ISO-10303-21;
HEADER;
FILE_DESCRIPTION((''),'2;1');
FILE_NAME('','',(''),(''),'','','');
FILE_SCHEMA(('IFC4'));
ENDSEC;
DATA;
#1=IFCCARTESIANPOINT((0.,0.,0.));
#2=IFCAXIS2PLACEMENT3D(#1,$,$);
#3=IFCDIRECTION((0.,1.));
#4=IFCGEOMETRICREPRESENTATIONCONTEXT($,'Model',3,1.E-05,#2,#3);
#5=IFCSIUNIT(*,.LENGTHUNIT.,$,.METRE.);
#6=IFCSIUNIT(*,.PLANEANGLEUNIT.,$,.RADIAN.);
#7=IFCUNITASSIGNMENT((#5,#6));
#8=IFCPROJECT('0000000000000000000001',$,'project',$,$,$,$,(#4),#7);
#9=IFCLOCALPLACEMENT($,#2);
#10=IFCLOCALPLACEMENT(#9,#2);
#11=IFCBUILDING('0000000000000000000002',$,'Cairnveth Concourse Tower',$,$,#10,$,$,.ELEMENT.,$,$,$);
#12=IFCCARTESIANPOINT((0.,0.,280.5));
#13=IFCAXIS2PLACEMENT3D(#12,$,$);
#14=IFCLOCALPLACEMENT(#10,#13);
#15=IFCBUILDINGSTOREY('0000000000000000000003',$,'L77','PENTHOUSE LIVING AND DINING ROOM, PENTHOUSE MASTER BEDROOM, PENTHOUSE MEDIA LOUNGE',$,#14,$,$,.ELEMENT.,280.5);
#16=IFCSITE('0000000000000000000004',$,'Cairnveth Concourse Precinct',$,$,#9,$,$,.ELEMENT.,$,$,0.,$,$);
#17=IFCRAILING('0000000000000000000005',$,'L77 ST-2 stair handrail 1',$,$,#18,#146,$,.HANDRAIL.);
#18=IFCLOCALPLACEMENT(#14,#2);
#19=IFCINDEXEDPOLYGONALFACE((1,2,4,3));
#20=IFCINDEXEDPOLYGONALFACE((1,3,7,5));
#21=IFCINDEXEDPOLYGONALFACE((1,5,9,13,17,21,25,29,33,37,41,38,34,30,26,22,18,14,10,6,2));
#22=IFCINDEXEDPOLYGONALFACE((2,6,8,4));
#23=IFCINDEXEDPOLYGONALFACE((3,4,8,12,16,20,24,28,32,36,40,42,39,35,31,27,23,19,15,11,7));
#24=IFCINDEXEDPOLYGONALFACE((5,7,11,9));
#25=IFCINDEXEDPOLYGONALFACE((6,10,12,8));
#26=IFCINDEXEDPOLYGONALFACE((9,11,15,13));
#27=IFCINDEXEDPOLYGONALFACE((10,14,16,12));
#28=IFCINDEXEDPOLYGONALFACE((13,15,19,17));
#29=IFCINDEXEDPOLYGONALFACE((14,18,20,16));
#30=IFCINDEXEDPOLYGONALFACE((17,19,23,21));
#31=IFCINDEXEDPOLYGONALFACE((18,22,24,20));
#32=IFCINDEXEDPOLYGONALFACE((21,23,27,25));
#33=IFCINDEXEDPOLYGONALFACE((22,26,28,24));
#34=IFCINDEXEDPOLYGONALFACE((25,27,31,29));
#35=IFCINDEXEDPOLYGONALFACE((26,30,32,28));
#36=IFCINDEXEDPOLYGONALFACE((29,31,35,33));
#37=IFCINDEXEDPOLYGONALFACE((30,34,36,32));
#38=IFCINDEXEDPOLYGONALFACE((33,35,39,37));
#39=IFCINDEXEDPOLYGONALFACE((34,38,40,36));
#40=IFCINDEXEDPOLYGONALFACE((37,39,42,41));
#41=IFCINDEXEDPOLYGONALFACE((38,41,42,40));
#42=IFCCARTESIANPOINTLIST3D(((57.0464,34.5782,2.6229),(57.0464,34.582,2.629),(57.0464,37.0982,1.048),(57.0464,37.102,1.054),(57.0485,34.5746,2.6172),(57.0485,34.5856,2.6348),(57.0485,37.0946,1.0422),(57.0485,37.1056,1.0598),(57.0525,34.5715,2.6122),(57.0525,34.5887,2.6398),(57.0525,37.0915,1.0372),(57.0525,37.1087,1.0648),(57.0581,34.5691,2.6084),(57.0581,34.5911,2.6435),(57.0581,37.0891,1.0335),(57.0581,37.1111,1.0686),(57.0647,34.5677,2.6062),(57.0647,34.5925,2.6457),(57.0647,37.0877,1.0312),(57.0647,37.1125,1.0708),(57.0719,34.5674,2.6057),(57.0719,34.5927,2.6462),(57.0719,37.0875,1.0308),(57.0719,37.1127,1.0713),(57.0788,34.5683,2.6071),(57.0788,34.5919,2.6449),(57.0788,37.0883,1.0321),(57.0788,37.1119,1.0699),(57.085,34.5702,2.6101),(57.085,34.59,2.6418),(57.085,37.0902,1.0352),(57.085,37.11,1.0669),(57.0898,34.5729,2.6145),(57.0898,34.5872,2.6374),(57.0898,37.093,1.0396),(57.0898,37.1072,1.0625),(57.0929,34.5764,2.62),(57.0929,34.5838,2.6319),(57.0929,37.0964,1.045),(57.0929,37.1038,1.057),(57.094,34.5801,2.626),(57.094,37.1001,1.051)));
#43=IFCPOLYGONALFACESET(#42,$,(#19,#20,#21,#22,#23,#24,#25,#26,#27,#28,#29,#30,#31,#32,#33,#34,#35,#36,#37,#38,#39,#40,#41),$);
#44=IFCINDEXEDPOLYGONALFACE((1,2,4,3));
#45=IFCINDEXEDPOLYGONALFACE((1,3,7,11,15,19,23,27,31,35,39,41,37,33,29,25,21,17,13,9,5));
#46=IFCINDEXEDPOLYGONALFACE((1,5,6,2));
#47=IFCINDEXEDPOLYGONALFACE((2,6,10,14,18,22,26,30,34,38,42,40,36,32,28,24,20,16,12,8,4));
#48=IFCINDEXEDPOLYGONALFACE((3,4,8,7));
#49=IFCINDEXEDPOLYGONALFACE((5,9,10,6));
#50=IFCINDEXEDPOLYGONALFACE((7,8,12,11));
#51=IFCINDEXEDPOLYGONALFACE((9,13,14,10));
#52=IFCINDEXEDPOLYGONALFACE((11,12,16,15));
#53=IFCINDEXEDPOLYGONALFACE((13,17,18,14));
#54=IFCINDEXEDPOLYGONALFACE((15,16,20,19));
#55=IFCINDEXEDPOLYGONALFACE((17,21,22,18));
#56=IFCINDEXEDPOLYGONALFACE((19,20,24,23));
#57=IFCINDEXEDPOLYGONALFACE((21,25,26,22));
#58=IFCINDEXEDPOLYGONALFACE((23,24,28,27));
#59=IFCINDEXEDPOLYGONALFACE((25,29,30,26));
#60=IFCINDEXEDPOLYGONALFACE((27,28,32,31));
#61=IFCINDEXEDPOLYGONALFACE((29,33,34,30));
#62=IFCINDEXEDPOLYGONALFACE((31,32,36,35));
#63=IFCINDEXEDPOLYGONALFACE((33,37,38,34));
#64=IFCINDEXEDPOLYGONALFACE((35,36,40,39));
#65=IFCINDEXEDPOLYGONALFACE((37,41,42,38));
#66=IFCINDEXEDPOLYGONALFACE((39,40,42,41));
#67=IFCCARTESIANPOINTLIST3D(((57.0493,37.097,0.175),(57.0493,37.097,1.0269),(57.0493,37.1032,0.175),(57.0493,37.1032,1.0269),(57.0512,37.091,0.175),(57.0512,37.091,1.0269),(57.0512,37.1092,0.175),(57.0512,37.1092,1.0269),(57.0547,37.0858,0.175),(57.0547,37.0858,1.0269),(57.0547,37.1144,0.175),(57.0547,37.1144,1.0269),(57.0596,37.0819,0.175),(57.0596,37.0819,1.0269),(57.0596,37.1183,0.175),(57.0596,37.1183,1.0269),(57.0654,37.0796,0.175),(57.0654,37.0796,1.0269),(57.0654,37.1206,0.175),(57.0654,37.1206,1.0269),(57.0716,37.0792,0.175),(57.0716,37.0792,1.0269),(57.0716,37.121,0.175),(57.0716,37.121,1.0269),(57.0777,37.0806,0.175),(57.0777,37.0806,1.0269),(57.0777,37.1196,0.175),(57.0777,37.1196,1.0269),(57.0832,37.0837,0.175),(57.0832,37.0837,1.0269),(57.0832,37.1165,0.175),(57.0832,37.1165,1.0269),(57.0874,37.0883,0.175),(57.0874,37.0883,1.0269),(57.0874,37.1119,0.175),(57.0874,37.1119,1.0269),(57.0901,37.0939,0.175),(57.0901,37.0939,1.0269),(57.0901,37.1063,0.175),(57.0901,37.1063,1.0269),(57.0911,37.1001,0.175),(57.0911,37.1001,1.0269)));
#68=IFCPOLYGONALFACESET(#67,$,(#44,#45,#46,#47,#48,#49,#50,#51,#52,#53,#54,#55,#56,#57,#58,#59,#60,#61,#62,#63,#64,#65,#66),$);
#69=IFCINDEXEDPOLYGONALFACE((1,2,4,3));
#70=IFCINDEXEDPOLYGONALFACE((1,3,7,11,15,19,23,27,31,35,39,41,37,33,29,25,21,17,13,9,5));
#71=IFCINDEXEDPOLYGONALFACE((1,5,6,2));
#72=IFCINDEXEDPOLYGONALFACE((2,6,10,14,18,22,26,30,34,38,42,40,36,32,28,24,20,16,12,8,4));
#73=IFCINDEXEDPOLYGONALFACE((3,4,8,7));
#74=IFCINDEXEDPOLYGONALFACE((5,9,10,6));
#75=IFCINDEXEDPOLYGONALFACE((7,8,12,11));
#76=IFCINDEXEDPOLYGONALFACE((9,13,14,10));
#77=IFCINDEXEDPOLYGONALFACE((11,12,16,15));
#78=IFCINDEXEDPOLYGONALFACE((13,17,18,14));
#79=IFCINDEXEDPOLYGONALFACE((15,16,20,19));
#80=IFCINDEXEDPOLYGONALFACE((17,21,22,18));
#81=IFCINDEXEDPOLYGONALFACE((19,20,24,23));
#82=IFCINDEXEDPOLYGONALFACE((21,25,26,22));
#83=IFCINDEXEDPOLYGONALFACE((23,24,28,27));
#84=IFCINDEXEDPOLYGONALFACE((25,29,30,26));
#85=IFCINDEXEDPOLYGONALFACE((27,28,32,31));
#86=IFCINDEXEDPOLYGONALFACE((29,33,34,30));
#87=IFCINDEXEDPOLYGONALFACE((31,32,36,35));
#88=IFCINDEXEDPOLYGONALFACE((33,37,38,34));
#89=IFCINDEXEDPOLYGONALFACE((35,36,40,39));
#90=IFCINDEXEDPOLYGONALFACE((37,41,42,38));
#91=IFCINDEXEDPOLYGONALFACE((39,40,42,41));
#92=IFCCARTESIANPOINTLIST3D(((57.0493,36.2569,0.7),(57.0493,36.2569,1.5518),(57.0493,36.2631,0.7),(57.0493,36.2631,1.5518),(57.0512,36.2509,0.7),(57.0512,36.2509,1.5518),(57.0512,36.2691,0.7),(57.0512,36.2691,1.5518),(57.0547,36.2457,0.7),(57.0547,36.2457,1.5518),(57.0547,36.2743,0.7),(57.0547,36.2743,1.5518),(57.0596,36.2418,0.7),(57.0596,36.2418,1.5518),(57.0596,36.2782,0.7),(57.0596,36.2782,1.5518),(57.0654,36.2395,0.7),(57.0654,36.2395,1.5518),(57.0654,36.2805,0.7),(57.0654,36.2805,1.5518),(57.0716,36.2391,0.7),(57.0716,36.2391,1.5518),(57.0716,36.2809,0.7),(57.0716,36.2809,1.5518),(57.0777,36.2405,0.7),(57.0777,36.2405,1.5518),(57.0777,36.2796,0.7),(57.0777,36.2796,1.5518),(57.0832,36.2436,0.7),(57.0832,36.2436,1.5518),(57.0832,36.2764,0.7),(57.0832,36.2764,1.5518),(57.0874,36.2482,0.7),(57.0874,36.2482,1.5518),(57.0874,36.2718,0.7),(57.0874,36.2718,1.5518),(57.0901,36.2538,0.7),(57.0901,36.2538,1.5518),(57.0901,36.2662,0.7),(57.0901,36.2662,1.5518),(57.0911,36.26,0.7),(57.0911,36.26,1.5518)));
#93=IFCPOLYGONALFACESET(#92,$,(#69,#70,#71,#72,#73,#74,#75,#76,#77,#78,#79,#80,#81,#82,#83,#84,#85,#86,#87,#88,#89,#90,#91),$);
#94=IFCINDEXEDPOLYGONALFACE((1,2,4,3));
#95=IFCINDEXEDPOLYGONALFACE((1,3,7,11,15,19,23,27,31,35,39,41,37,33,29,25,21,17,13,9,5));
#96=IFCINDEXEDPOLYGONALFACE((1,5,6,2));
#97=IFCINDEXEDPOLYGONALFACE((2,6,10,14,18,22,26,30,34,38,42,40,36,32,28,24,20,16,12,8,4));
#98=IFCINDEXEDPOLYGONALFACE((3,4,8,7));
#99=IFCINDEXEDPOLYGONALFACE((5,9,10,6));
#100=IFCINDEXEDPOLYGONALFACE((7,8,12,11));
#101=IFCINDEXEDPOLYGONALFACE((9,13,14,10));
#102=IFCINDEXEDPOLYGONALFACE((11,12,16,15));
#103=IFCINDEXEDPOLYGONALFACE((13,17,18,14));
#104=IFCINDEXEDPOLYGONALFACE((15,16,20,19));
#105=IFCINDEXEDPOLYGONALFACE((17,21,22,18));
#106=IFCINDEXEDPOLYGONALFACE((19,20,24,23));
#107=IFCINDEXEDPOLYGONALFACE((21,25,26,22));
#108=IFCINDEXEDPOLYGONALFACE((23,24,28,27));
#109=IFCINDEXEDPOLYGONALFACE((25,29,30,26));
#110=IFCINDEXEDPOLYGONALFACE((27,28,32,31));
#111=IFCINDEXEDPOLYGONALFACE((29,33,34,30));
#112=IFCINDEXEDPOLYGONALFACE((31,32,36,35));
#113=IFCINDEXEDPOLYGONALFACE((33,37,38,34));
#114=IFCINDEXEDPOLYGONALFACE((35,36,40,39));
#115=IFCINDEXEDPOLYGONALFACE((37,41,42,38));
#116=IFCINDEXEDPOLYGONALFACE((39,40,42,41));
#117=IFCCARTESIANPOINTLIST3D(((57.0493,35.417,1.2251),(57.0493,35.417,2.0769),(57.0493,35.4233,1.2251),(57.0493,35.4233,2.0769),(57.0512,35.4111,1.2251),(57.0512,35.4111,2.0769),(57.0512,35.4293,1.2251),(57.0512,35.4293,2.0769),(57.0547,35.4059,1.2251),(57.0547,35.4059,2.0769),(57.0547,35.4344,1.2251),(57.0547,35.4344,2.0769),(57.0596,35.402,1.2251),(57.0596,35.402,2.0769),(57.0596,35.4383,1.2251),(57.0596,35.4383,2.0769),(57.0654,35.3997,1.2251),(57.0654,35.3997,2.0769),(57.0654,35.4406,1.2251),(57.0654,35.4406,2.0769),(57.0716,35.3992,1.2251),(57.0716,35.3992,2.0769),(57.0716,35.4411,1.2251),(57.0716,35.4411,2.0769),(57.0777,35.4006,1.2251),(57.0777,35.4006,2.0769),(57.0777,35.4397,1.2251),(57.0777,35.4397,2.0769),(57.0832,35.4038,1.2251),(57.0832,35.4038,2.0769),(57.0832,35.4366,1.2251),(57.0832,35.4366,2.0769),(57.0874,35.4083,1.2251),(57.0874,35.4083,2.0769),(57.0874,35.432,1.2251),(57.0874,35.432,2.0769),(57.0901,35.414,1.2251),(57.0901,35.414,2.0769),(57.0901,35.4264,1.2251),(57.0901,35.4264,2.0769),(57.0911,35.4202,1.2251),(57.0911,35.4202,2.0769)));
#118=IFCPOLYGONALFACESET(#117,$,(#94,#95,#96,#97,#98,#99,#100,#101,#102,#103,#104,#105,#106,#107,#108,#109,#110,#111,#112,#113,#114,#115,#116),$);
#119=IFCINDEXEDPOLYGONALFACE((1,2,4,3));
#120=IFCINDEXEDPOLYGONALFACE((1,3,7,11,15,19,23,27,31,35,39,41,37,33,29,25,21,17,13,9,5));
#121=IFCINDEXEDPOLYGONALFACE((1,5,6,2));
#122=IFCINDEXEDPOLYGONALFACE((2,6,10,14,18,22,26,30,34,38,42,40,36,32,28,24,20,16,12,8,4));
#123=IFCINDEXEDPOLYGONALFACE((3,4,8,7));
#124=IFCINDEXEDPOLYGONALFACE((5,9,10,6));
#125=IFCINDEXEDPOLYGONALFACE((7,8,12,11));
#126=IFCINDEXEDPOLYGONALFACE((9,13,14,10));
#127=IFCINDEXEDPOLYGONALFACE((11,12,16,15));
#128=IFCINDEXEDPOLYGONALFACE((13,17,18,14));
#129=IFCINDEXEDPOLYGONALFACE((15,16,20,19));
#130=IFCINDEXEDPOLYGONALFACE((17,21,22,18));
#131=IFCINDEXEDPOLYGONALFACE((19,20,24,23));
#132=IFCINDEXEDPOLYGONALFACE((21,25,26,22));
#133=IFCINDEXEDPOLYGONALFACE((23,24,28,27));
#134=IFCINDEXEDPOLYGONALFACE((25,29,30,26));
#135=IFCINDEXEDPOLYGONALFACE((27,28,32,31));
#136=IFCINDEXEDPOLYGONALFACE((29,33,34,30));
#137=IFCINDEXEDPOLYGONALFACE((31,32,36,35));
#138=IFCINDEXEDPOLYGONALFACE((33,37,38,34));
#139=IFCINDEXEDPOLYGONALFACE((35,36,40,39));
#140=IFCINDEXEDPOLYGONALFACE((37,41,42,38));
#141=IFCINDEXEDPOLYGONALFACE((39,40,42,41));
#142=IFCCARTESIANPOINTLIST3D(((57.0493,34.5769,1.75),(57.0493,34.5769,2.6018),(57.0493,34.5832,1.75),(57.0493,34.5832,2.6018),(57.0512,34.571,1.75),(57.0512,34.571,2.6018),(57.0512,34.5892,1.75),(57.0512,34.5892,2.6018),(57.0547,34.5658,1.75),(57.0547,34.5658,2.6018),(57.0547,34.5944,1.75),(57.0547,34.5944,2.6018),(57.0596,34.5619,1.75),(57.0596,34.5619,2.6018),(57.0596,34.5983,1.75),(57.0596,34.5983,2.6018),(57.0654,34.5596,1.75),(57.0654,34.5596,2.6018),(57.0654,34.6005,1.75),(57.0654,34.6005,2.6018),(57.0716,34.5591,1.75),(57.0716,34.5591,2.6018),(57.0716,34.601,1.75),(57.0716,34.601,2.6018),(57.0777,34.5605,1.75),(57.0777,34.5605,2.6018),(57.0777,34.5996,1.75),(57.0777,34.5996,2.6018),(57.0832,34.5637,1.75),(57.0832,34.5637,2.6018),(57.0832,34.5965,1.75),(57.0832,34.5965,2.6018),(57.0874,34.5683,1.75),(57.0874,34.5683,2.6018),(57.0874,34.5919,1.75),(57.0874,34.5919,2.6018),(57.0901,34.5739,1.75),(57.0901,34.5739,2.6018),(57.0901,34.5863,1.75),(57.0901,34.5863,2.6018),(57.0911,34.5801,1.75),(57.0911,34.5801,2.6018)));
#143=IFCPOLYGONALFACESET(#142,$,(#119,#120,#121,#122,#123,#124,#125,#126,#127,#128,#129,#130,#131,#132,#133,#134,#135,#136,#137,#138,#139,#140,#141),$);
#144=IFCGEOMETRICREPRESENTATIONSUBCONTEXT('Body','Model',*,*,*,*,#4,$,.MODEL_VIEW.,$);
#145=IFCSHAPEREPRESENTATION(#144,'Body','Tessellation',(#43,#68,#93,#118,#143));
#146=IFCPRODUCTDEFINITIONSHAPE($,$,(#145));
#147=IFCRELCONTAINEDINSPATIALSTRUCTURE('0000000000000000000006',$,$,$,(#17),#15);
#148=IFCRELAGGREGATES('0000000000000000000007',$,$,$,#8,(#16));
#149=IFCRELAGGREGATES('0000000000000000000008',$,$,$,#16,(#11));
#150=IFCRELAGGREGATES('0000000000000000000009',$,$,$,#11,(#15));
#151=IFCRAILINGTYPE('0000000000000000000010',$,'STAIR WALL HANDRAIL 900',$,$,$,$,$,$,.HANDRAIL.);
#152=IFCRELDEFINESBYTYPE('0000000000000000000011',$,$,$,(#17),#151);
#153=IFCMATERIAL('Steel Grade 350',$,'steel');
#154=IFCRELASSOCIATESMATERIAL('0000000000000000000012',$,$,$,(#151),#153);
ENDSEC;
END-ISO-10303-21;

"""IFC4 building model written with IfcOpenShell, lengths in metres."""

from ifc_helpers import new_model, si_unit, direction, frame, origin, origin_2d, place, context, subcontext, project, spatial, circle, extrude, material, type_object, element, save


model = new_model("IFC4")

# Units and contexts
model_context = context("Model", 3, precision=1e-05, world=origin(), true_north=direction((0.0, 1.0)))
body_context = subcontext(model_context, "Body", "Model", "MODEL_VIEW")
ifc_project = project(units=[si_unit("LENGTHUNIT", "METRE"), si_unit("PLANEANGLEUNIT", "RADIAN")], contexts=[model_context])

# Site, building, storey
site_placement = place(None, origin())
site = spatial("IfcSite", under=ifc_project, at=site_placement, Name="Cairnveth Concourse Precinct", CompositionType="ELEMENT", RefElevation=0.0)
building_placement = place(site_placement, origin())
building = spatial("IfcBuilding", under=site, at=building_placement, Name="Cairnveth Concourse Tower", CompositionType="ELEMENT")
storey_placement = place(building_placement, frame((0.0, 0.0, 280.5)))
storey = spatial("IfcBuildingStorey", under=building, at=storey_placement, Name="L77", Description="PENTHOUSE LIVING AND DINING ROOM, PENTHOUSE MASTER BEDROOM, PENTHOUSE MEDIA LOUNGE", CompositionType="ELEMENT", Elevation=280.5)

# Shared definitions
ifc_material_1 = material(Name="Steel Grade 350", Category="steel")

# Railing
railing_type_1 = type_object("IfcRailingType", Name="STAIR WALL HANDRAIL 900", PredefinedType="HANDRAIL", material=ifc_material_1)
railing_1_placement = place(storey_placement, frame((57.0701, 37.1001, 0.175)))
element("IfcRailing", 1, at=railing_1_placement, inside=storey, type_object=railing_type_1, Name="L77 ST-2 stair handrail 1", PredefinedType="HANDRAIL", context=body_context, shape_type="SweptSolid", body=[
    extrude(circle(Radius=0.0239, at=origin_2d()), frame((0.0, 0.0, 0.876), z_axis=(0.0, -0.848008, 0.529984), x_axis=(1.0, 0.0, 0.0)), (0.0, 0.0, 1.0), 2.9717),
    extrude(circle(Radius=0.021, at=origin_2d()), origin(), (0.0, 0.0, 1.0), 0.8518),
    extrude(circle(Radius=0.021, at=origin_2d()), frame((0.0, -0.8401, 0.5249)), (0.0, 0.0, 1.0), 0.8518),
    extrude(circle(Radius=0.021, at=origin_2d()), frame((0.0, -1.6799, 1.05)), (0.0, 0.0, 1.0), 0.8518),
    extrude(circle(Radius=0.021, at=origin_2d()), frame((0.0, -2.52, 1.575)), (0.0, 0.0, 1.0), 0.8518),
])

save(model, "model.ifc")
